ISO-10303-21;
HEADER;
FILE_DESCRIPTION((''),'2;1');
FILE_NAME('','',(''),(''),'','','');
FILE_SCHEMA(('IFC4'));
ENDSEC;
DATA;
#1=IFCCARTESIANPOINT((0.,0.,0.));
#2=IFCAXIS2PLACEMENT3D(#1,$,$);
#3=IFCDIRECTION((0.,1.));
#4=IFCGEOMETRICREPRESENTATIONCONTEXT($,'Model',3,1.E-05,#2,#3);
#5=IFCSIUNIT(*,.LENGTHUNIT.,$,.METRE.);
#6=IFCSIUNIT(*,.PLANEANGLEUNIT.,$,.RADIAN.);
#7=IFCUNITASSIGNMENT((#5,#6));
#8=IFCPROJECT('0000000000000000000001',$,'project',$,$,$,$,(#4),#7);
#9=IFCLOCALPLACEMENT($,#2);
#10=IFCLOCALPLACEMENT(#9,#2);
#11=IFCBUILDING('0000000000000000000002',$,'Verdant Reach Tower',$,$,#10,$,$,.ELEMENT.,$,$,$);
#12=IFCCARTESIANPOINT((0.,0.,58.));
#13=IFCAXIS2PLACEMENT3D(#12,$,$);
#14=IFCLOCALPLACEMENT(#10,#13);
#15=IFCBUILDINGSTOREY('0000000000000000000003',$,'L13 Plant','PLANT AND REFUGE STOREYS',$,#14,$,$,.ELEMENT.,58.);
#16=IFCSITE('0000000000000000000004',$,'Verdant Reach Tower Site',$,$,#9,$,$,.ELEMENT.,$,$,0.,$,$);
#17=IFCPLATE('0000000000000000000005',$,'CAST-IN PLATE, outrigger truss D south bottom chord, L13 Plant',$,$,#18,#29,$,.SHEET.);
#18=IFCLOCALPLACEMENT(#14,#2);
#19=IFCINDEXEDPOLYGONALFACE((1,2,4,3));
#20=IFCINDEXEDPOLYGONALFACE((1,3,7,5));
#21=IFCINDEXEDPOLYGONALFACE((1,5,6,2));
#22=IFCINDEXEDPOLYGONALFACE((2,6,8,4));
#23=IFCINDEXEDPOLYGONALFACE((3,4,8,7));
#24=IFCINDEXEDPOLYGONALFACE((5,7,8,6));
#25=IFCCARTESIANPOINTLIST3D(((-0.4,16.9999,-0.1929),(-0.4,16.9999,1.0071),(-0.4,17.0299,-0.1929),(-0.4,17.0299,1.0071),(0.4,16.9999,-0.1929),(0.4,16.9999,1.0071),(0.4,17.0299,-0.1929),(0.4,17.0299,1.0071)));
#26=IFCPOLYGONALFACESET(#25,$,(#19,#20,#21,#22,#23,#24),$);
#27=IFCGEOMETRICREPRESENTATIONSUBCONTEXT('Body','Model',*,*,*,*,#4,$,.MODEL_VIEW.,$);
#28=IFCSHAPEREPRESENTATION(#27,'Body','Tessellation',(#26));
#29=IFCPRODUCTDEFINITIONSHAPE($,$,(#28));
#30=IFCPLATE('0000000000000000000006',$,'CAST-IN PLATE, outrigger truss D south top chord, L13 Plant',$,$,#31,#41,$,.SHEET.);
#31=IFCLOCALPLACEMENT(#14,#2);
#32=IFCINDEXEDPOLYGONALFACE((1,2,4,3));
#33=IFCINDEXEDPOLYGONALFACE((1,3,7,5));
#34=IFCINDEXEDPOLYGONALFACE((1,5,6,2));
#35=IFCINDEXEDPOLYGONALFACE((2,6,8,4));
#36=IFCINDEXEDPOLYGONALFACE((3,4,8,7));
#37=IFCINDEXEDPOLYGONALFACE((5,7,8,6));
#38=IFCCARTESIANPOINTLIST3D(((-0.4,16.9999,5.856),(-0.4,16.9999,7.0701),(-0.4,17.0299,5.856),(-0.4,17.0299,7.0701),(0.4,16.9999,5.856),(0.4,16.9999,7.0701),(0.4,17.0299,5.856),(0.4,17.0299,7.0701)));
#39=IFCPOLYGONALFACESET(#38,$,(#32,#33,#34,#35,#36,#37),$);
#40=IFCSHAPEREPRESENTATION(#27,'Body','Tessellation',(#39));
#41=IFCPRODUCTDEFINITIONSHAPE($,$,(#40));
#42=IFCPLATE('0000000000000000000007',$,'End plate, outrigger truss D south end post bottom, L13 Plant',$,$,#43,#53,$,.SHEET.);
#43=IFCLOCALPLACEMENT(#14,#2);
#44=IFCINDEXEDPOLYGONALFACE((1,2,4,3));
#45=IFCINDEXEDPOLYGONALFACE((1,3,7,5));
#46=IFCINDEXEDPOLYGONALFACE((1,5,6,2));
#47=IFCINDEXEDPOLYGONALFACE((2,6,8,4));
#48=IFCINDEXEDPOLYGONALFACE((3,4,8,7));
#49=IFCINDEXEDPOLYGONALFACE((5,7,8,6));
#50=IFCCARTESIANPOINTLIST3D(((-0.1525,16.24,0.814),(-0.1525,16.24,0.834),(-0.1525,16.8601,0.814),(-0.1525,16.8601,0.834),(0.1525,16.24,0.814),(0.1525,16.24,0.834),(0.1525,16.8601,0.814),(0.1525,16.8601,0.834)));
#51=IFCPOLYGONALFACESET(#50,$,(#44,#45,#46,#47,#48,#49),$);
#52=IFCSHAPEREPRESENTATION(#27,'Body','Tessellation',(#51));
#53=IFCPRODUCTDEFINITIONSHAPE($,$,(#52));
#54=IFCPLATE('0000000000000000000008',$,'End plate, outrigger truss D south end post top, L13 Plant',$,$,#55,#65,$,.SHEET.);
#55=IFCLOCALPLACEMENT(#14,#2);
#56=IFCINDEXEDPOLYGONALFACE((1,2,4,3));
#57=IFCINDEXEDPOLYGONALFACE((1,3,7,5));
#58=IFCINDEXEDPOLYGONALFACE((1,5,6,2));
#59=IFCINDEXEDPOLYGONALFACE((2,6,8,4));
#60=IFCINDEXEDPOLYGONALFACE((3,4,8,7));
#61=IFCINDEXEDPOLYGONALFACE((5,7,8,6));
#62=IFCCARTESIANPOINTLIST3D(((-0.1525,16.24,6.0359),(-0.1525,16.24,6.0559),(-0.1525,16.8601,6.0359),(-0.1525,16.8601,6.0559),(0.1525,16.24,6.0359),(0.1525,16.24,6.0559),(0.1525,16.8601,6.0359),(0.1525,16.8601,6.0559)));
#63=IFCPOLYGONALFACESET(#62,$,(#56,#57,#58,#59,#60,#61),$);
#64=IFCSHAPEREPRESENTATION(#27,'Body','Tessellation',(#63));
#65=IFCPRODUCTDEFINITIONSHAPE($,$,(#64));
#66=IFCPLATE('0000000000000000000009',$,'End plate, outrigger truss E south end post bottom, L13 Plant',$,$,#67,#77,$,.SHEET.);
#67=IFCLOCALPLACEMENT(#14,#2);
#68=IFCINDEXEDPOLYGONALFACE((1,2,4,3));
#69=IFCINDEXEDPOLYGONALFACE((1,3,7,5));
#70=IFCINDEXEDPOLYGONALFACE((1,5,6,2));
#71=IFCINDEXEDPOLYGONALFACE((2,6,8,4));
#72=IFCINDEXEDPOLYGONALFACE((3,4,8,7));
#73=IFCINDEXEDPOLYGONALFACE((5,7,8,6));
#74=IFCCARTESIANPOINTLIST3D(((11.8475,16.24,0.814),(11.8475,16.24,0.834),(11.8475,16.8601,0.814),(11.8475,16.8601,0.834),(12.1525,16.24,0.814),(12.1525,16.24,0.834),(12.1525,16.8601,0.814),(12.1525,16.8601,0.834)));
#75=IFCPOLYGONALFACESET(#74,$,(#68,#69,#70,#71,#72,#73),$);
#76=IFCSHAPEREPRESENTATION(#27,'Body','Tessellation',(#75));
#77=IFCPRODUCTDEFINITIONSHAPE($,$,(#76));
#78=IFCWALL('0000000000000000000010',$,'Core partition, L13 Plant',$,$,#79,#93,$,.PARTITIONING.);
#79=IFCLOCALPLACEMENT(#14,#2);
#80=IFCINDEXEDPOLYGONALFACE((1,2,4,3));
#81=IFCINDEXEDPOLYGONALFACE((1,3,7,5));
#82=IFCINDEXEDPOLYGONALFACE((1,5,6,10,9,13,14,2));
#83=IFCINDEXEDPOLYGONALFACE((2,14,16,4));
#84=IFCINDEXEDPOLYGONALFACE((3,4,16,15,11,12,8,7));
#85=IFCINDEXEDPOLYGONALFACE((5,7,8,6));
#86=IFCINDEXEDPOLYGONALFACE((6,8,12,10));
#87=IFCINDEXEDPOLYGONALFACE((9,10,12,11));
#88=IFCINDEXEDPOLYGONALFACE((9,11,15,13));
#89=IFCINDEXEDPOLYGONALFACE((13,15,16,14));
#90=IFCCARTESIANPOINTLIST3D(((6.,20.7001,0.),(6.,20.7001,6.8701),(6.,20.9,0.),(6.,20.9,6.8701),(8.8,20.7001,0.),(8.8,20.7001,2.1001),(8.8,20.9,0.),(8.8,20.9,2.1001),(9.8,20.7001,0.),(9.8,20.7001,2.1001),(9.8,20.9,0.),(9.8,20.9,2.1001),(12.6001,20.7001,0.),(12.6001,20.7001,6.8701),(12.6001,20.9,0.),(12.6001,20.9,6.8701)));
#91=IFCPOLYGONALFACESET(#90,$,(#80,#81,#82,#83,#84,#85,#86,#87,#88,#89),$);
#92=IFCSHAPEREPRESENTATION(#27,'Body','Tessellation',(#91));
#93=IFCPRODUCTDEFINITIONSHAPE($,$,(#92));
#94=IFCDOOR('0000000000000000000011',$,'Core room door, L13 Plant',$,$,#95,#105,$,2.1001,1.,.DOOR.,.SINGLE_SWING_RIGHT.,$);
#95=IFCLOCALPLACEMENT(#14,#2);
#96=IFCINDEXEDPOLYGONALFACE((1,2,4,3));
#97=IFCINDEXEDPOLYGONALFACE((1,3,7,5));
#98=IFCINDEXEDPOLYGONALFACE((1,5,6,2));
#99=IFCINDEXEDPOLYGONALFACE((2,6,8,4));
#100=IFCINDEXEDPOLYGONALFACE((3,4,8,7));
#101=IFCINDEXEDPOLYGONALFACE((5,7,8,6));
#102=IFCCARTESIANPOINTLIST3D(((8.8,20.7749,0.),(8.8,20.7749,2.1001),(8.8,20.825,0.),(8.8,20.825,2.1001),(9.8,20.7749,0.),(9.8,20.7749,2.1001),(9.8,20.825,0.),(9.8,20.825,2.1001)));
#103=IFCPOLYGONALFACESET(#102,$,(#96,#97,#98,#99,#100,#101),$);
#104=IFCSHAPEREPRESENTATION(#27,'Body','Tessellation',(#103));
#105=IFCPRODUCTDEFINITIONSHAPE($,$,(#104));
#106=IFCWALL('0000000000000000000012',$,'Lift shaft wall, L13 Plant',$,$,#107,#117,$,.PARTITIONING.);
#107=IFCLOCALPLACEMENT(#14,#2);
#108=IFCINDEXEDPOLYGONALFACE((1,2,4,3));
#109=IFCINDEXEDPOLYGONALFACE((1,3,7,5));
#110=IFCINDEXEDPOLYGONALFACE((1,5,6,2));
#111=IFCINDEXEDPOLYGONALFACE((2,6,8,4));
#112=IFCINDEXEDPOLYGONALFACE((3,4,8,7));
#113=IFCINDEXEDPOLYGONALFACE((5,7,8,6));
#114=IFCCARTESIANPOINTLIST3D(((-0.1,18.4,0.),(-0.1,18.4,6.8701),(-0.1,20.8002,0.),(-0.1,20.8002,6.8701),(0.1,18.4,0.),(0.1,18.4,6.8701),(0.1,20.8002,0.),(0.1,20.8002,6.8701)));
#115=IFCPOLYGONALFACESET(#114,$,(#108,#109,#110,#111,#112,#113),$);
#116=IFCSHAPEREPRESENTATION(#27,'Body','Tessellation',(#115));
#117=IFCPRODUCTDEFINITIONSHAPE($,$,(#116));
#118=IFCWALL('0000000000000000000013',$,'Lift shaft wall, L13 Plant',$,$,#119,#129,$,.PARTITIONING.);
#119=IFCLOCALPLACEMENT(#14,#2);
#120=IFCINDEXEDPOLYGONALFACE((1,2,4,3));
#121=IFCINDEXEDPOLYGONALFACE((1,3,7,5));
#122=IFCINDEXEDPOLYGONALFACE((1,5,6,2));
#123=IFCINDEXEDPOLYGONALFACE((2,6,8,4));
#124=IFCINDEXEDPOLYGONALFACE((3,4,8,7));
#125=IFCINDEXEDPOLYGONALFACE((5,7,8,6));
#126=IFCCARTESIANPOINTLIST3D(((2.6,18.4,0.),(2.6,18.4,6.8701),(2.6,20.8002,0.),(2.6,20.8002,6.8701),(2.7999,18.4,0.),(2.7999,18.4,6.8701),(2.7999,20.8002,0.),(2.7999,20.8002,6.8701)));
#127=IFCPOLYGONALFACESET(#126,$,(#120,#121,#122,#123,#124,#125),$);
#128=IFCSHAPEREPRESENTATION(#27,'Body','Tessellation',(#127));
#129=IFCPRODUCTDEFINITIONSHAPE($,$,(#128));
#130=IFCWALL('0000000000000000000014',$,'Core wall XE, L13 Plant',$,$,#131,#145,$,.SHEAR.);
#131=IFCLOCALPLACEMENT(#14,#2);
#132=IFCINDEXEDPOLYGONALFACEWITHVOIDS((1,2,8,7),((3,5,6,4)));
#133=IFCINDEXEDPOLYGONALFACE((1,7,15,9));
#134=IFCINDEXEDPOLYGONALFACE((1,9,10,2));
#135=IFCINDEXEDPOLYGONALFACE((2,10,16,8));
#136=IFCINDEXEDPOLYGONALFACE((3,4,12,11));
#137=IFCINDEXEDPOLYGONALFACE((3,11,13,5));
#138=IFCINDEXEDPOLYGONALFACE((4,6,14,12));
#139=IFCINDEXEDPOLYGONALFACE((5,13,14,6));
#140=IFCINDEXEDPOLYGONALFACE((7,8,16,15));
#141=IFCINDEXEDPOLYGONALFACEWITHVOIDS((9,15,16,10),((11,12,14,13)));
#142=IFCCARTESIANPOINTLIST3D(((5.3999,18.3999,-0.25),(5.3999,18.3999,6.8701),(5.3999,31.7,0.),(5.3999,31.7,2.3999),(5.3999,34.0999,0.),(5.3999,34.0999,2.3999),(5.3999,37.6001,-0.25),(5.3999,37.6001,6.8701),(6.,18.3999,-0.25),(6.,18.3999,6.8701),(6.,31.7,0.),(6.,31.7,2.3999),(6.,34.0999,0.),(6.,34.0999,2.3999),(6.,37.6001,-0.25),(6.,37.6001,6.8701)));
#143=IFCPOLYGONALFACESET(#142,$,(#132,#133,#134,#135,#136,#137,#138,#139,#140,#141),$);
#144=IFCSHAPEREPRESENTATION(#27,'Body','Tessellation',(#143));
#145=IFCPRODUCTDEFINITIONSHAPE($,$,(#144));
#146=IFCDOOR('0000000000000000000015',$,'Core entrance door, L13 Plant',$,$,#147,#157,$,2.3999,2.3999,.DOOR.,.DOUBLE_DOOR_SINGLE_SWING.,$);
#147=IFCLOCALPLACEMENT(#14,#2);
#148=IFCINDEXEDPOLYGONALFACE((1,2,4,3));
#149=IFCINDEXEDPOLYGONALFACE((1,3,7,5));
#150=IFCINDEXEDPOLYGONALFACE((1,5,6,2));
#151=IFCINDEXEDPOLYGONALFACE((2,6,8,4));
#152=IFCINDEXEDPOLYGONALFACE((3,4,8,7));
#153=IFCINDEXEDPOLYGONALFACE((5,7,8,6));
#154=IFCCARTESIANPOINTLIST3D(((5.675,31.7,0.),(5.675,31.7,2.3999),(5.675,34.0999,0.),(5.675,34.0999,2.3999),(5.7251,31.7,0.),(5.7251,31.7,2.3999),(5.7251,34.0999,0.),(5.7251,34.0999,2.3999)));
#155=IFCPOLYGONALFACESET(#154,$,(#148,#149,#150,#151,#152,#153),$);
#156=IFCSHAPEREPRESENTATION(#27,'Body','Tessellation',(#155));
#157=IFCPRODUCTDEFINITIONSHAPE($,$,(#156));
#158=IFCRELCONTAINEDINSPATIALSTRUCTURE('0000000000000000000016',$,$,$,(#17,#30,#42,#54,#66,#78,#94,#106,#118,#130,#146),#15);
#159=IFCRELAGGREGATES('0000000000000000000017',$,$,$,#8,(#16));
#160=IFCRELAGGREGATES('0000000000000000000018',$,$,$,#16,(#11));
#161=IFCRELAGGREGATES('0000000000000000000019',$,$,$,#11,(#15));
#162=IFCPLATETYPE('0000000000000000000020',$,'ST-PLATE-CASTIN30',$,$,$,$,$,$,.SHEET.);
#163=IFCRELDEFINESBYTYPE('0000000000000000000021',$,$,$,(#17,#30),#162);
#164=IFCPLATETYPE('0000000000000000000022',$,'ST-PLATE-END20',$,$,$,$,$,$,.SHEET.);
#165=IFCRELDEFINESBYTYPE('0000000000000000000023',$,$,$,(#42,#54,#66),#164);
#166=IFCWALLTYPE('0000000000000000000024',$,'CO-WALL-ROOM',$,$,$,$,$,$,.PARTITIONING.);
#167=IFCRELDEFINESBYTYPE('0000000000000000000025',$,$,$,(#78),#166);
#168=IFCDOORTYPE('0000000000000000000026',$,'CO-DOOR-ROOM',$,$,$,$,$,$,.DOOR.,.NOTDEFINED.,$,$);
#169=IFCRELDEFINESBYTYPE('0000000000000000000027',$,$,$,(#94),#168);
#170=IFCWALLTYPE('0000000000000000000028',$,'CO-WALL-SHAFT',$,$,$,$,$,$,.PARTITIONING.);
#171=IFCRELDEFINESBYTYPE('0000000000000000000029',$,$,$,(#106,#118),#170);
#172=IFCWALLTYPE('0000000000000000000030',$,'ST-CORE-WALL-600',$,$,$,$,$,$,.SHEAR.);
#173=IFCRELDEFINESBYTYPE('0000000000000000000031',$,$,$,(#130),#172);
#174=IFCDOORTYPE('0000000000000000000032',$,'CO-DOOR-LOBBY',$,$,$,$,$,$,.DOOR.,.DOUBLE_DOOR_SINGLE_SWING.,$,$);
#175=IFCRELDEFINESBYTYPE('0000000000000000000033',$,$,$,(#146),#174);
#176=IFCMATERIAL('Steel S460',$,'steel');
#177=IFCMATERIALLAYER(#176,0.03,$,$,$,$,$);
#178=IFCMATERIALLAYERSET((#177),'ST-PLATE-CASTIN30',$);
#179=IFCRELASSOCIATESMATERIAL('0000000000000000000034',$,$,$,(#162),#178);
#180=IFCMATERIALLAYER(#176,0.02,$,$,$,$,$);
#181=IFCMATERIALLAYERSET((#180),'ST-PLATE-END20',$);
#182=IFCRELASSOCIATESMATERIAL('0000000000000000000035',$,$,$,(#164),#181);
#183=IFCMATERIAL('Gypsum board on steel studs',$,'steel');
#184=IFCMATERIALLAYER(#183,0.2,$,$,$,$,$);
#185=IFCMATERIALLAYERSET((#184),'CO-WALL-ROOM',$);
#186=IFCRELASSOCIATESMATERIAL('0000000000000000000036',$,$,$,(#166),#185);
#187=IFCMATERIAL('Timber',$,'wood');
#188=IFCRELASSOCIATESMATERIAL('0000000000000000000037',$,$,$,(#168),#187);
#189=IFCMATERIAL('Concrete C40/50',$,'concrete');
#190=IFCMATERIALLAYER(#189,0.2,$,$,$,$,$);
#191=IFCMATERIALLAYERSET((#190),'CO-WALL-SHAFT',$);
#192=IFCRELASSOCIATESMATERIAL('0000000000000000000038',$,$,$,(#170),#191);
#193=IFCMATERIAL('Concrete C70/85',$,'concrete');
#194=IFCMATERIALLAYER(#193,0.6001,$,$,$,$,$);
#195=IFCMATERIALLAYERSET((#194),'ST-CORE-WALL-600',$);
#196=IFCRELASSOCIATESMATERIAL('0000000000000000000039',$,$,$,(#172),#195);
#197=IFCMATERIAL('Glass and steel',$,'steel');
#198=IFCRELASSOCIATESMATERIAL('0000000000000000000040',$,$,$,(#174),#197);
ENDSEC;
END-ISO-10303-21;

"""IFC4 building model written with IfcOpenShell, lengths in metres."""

from ifc_helpers import new_model, si_unit, direction, frame, frame_2d, origin, origin_2d, place, context, subcontext, project, spatial, rectangle, extrude, material, layer, layer_set, type_object, element, fill, save


model = new_model("IFC4")

# Units and contexts
model_context = context("Model", 3, precision=1e-05, world=origin(), true_north=direction((0.0, 1.0)))
body_context = subcontext(model_context, "Body", "Model", "MODEL_VIEW")
ifc_project = project(units=[si_unit("LENGTHUNIT", "METRE"), si_unit("PLANEANGLEUNIT", "RADIAN")], contexts=[model_context])

# Site, building, storey
site_placement = place(None, origin())
site = spatial("IfcSite", under=ifc_project, at=site_placement, Name="Verdant Reach Tower Site", CompositionType="ELEMENT", RefElevation=0.0)
building_placement = place(site_placement, origin())
building = spatial("IfcBuilding", under=site, at=building_placement, Name="Verdant Reach Tower", CompositionType="ELEMENT")
storey_placement = place(building_placement, frame((0.0, 0.0, 58.0)))
storey = spatial("IfcBuildingStorey", under=building, at=storey_placement, Name="L13 Plant", Description="PLANT AND REFUGE STOREYS", CompositionType="ELEMENT", Elevation=58.0)

# Shared definitions
ifc_material_1 = material(Name="Steel S460", Category="steel")

# Plates
ifc_layer_1 = layer(ifc_material_1, 0.03)
ifc_layer_set_1 = layer_set([ifc_layer_1], Name="ST-PLATE-CASTIN30")
plate_type_1 = type_object("IfcPlateType", Name="ST-PLATE-CASTIN30", PredefinedType="SHEET", material=ifc_layer_set_1)
plate_1_placement = place(storey_placement, frame((0.0, 17.0149, -0.1929), z_axis=(0.0, 0.0, 1.0), x_axis=(1.0, 0.0, 0.0)))
element("IfcPlate", 1, at=plate_1_placement, inside=storey, type_object=plate_type_1, Name="CAST-IN PLATE, outrigger truss D south bottom chord, L13 Plant", PredefinedType="SHEET", context=body_context, shape_type="SweptSolid", body=[
    extrude(rectangle(XDim=0.8, YDim=0.03, at=origin_2d()), origin(), (0.0, 0.0, 1.0), 1.2),
])
plate_2_placement = place(storey_placement, frame((0.0, 17.0149, 5.856), z_axis=(0.0, 0.0, 1.0), x_axis=(1.0, 0.0, 0.0)))
element("IfcPlate", 2, at=plate_2_placement, inside=storey, type_object=plate_type_1, Name="CAST-IN PLATE, outrigger truss D south top chord, L13 Plant", PredefinedType="SHEET", context=body_context, shape_type="SweptSolid", body=[
    extrude(rectangle(XDim=0.8, YDim=0.03, at=origin_2d()), origin(), (0.0, 0.0, 1.0), 1.2141),
])
ifc_layer_2 = layer(ifc_material_1, 0.02)
ifc_layer_set_2 = layer_set([ifc_layer_2], Name="ST-PLATE-END20")
plate_type_2 = type_object("IfcPlateType", Name="ST-PLATE-END20", PredefinedType="SHEET", material=ifc_layer_set_2)
for number, where, z_axis, x_axis, name in (
    (3, (0.0, 16.55, 0.814), (0.0, 0.0, 1.0), (1.0, 0.0, 0.0), "End plate, outrigger truss D south end post bottom, L13 Plant"),
    (4, (0.0, 16.55, 6.0359), (0.0, 0.0, 1.0), (1.0, 0.0, 0.0), "End plate, outrigger truss D south end post top, L13 Plant"),
    (5, (12.0, 16.55, 0.814), (0.0, 0.0, 1.0), (1.0, 0.0, 0.0), "End plate, outrigger truss E south end post bottom, L13 Plant"),
):
    element("IfcPlate", number, at=place(storey_placement, frame(where, z_axis=z_axis, x_axis=x_axis)), inside=storey, type_object=plate_type_2, Name=name, PredefinedType="SHEET", context=body_context, shape_type="SweptSolid", body=[
        extrude(rectangle(XDim=0.3049, YDim=0.6201, at=origin_2d()), origin(), (0.0, 0.0, 1.0), 0.02),
    ])

# Wall, opening, door
ifc_material_2 = material(Name="Gypsum board on steel studs", Category="steel")
ifc_layer_3 = layer(ifc_material_2, 0.2)
ifc_layer_set_3 = layer_set([ifc_layer_3], Name="CO-WALL-ROOM")
wall_type_1 = type_object("IfcWallType", Name="CO-WALL-ROOM", PredefinedType="PARTITIONING", material=ifc_layer_set_3)
wall_1_placement = place(storey_placement, frame((6.0, 20.8, 0.0), z_axis=(0.0, 0.0, 1.0), x_axis=(1.0, 0.0, 0.0)))
wall_1 = element("IfcWall", 6, at=wall_1_placement, inside=storey, type_object=wall_type_1, Name="Core partition, L13 Plant", PredefinedType="PARTITIONING", context=body_context, shape_type="SweptSolid", body=[
    extrude(rectangle(XDim=6.6001, YDim=0.2, at=frame_2d((3.3, 0.0))), origin(), (0.0, 0.0, 1.0), 6.8701),
])
opening_1_placement = place(wall_1_placement, frame((2.8, 0.0, 0.0)))
opening_1 = element("IfcOpeningElement", 7, at=opening_1_placement, cuts=wall_1, PredefinedType="OPENING", context=body_context, shape_type="SweptSolid", body=[
    extrude(rectangle(XDim=1.0, YDim=2.1001, at=frame_2d((0.5, 1.05))), frame((0.0, 0.1099, 0.0), z_axis=(0.0, -1.0, 0.0), x_axis=(1.0, 0.0, 0.0)), (0.0, 0.0, 1.0), 0.22),
])
ifc_material_3 = material(Name="Timber", Category="wood")
door_type_1 = type_object("IfcDoorType", Name="CO-DOOR-ROOM", OperationType="NOTDEFINED", PredefinedType="DOOR", material=ifc_material_3)
door_1_placement = place(opening_1_placement, origin())
door_1 = element("IfcDoor", 8, at=door_1_placement, inside=storey, type_object=door_type_1, Name="Core room door, L13 Plant", OperationType="SINGLE_SWING_RIGHT", OverallHeight=2.1001, OverallWidth=1.0, PredefinedType="DOOR", context=body_context, shape_type="SweptSolid", body=[
    extrude(rectangle(XDim=1.0, YDim=2.1001, at=frame_2d((0.5, 1.05))), frame((0.0, 0.0249, 0.0), z_axis=(0.0, -1.0, 0.0), x_axis=(1.0, 0.0, 0.0)), (0.0, 0.0, 1.0), 0.05),
])
fill(opening_1, door_1)

# Walls
ifc_material_4 = material(Name="Concrete C40/50", Category="concrete")
ifc_layer_4 = layer(ifc_material_4, 0.2)
ifc_layer_set_4 = layer_set([ifc_layer_4], Name="CO-WALL-SHAFT")
wall_type_2 = type_object("IfcWallType", Name="CO-WALL-SHAFT", PredefinedType="PARTITIONING", material=ifc_layer_set_4)
for number, where, z_axis, x_axis, name in (
    (9, (0.0, 18.3999, 0.0), (0.0, 0.0, 1.0), (0.0, 1.0, 0.0), "Lift shaft wall, L13 Plant"),
    (10, (2.7, 18.3999, 0.0), (0.0, 0.0, 1.0), (0.0, 1.0, 0.0), "Lift shaft wall, L13 Plant"),
):
    element("IfcWall", number, at=place(storey_placement, frame(where, z_axis=z_axis, x_axis=x_axis)), inside=storey, type_object=wall_type_2, Name=name, PredefinedType="PARTITIONING", context=body_context, shape_type="SweptSolid", body=[
        extrude(rectangle(XDim=2.4001, YDim=0.2, at=frame_2d((1.2002, 0.0))), origin(), (0.0, 0.0, 1.0), 6.8701),
    ])

# Wall, opening, door
ifc_material_5 = material(Name="Concrete C70/85", Category="concrete")
ifc_layer_5 = layer(ifc_material_5, 0.6001)
ifc_layer_set_5 = layer_set([ifc_layer_5], Name="ST-CORE-WALL-600")
wall_type_3 = type_object("IfcWallType", Name="ST-CORE-WALL-600", PredefinedType="SHEAR", material=ifc_layer_set_5)
wall_2_placement = place(storey_placement, frame((5.7, 18.3999, -0.25), z_axis=(0.0, 0.0, 1.0), x_axis=(0.0, 1.0, 0.0)))
wall_2 = element("IfcWall", 11, at=wall_2_placement, inside=storey, type_object=wall_type_3, Name="Core wall XE, L13 Plant", PredefinedType="SHEAR", context=body_context, shape_type="SweptSolid", body=[
    extrude(rectangle(XDim=19.2002, YDim=0.6001, at=frame_2d((9.6001, 0.0))), origin(), (0.0, 0.0, 1.0), 7.1201),
])
opening_2_placement = place(wall_2_placement, frame((13.3, 0.0, 0.25)))
opening_2 = element("IfcOpeningElement", 12, at=opening_2_placement, cuts=wall_2, PredefinedType="OPENING", context=body_context, shape_type="SweptSolid", body=[
    extrude(rectangle(XDim=2.3999, YDim=2.3999, at=frame_2d((1.2, 1.2))), frame((0.0, 0.3101, 0.0), z_axis=(0.0, -1.0, 0.0), x_axis=(1.0, 0.0, 0.0)), (0.0, 0.0, 1.0), 0.6201),
])
ifc_material_6 = material(Name="Glass and steel", Category="steel")
door_type_2 = type_object("IfcDoorType", Name="CO-DOOR-LOBBY", OperationType="DOUBLE_DOOR_SINGLE_SWING", PredefinedType="DOOR", material=ifc_material_6)
door_2_placement = place(opening_2_placement, origin())
door_2 = element("IfcDoor", 13, at=door_2_placement, inside=storey, type_object=door_type_2, Name="Core entrance door, L13 Plant", OperationType="DOUBLE_DOOR_SINGLE_SWING", OverallHeight=2.3999, OverallWidth=2.3999, PredefinedType="DOOR", context=body_context, shape_type="SweptSolid", body=[
    extrude(rectangle(XDim=2.3999, YDim=2.3999, at=frame_2d((1.2, 1.2))), frame((0.0, 0.0249, 0.0), z_axis=(0.0, -1.0, 0.0), x_axis=(1.0, 0.0, 0.0)), (0.0, 0.0, 1.0), 0.05),
])
fill(opening_2, door_2)

save(model, "model.ifc")
